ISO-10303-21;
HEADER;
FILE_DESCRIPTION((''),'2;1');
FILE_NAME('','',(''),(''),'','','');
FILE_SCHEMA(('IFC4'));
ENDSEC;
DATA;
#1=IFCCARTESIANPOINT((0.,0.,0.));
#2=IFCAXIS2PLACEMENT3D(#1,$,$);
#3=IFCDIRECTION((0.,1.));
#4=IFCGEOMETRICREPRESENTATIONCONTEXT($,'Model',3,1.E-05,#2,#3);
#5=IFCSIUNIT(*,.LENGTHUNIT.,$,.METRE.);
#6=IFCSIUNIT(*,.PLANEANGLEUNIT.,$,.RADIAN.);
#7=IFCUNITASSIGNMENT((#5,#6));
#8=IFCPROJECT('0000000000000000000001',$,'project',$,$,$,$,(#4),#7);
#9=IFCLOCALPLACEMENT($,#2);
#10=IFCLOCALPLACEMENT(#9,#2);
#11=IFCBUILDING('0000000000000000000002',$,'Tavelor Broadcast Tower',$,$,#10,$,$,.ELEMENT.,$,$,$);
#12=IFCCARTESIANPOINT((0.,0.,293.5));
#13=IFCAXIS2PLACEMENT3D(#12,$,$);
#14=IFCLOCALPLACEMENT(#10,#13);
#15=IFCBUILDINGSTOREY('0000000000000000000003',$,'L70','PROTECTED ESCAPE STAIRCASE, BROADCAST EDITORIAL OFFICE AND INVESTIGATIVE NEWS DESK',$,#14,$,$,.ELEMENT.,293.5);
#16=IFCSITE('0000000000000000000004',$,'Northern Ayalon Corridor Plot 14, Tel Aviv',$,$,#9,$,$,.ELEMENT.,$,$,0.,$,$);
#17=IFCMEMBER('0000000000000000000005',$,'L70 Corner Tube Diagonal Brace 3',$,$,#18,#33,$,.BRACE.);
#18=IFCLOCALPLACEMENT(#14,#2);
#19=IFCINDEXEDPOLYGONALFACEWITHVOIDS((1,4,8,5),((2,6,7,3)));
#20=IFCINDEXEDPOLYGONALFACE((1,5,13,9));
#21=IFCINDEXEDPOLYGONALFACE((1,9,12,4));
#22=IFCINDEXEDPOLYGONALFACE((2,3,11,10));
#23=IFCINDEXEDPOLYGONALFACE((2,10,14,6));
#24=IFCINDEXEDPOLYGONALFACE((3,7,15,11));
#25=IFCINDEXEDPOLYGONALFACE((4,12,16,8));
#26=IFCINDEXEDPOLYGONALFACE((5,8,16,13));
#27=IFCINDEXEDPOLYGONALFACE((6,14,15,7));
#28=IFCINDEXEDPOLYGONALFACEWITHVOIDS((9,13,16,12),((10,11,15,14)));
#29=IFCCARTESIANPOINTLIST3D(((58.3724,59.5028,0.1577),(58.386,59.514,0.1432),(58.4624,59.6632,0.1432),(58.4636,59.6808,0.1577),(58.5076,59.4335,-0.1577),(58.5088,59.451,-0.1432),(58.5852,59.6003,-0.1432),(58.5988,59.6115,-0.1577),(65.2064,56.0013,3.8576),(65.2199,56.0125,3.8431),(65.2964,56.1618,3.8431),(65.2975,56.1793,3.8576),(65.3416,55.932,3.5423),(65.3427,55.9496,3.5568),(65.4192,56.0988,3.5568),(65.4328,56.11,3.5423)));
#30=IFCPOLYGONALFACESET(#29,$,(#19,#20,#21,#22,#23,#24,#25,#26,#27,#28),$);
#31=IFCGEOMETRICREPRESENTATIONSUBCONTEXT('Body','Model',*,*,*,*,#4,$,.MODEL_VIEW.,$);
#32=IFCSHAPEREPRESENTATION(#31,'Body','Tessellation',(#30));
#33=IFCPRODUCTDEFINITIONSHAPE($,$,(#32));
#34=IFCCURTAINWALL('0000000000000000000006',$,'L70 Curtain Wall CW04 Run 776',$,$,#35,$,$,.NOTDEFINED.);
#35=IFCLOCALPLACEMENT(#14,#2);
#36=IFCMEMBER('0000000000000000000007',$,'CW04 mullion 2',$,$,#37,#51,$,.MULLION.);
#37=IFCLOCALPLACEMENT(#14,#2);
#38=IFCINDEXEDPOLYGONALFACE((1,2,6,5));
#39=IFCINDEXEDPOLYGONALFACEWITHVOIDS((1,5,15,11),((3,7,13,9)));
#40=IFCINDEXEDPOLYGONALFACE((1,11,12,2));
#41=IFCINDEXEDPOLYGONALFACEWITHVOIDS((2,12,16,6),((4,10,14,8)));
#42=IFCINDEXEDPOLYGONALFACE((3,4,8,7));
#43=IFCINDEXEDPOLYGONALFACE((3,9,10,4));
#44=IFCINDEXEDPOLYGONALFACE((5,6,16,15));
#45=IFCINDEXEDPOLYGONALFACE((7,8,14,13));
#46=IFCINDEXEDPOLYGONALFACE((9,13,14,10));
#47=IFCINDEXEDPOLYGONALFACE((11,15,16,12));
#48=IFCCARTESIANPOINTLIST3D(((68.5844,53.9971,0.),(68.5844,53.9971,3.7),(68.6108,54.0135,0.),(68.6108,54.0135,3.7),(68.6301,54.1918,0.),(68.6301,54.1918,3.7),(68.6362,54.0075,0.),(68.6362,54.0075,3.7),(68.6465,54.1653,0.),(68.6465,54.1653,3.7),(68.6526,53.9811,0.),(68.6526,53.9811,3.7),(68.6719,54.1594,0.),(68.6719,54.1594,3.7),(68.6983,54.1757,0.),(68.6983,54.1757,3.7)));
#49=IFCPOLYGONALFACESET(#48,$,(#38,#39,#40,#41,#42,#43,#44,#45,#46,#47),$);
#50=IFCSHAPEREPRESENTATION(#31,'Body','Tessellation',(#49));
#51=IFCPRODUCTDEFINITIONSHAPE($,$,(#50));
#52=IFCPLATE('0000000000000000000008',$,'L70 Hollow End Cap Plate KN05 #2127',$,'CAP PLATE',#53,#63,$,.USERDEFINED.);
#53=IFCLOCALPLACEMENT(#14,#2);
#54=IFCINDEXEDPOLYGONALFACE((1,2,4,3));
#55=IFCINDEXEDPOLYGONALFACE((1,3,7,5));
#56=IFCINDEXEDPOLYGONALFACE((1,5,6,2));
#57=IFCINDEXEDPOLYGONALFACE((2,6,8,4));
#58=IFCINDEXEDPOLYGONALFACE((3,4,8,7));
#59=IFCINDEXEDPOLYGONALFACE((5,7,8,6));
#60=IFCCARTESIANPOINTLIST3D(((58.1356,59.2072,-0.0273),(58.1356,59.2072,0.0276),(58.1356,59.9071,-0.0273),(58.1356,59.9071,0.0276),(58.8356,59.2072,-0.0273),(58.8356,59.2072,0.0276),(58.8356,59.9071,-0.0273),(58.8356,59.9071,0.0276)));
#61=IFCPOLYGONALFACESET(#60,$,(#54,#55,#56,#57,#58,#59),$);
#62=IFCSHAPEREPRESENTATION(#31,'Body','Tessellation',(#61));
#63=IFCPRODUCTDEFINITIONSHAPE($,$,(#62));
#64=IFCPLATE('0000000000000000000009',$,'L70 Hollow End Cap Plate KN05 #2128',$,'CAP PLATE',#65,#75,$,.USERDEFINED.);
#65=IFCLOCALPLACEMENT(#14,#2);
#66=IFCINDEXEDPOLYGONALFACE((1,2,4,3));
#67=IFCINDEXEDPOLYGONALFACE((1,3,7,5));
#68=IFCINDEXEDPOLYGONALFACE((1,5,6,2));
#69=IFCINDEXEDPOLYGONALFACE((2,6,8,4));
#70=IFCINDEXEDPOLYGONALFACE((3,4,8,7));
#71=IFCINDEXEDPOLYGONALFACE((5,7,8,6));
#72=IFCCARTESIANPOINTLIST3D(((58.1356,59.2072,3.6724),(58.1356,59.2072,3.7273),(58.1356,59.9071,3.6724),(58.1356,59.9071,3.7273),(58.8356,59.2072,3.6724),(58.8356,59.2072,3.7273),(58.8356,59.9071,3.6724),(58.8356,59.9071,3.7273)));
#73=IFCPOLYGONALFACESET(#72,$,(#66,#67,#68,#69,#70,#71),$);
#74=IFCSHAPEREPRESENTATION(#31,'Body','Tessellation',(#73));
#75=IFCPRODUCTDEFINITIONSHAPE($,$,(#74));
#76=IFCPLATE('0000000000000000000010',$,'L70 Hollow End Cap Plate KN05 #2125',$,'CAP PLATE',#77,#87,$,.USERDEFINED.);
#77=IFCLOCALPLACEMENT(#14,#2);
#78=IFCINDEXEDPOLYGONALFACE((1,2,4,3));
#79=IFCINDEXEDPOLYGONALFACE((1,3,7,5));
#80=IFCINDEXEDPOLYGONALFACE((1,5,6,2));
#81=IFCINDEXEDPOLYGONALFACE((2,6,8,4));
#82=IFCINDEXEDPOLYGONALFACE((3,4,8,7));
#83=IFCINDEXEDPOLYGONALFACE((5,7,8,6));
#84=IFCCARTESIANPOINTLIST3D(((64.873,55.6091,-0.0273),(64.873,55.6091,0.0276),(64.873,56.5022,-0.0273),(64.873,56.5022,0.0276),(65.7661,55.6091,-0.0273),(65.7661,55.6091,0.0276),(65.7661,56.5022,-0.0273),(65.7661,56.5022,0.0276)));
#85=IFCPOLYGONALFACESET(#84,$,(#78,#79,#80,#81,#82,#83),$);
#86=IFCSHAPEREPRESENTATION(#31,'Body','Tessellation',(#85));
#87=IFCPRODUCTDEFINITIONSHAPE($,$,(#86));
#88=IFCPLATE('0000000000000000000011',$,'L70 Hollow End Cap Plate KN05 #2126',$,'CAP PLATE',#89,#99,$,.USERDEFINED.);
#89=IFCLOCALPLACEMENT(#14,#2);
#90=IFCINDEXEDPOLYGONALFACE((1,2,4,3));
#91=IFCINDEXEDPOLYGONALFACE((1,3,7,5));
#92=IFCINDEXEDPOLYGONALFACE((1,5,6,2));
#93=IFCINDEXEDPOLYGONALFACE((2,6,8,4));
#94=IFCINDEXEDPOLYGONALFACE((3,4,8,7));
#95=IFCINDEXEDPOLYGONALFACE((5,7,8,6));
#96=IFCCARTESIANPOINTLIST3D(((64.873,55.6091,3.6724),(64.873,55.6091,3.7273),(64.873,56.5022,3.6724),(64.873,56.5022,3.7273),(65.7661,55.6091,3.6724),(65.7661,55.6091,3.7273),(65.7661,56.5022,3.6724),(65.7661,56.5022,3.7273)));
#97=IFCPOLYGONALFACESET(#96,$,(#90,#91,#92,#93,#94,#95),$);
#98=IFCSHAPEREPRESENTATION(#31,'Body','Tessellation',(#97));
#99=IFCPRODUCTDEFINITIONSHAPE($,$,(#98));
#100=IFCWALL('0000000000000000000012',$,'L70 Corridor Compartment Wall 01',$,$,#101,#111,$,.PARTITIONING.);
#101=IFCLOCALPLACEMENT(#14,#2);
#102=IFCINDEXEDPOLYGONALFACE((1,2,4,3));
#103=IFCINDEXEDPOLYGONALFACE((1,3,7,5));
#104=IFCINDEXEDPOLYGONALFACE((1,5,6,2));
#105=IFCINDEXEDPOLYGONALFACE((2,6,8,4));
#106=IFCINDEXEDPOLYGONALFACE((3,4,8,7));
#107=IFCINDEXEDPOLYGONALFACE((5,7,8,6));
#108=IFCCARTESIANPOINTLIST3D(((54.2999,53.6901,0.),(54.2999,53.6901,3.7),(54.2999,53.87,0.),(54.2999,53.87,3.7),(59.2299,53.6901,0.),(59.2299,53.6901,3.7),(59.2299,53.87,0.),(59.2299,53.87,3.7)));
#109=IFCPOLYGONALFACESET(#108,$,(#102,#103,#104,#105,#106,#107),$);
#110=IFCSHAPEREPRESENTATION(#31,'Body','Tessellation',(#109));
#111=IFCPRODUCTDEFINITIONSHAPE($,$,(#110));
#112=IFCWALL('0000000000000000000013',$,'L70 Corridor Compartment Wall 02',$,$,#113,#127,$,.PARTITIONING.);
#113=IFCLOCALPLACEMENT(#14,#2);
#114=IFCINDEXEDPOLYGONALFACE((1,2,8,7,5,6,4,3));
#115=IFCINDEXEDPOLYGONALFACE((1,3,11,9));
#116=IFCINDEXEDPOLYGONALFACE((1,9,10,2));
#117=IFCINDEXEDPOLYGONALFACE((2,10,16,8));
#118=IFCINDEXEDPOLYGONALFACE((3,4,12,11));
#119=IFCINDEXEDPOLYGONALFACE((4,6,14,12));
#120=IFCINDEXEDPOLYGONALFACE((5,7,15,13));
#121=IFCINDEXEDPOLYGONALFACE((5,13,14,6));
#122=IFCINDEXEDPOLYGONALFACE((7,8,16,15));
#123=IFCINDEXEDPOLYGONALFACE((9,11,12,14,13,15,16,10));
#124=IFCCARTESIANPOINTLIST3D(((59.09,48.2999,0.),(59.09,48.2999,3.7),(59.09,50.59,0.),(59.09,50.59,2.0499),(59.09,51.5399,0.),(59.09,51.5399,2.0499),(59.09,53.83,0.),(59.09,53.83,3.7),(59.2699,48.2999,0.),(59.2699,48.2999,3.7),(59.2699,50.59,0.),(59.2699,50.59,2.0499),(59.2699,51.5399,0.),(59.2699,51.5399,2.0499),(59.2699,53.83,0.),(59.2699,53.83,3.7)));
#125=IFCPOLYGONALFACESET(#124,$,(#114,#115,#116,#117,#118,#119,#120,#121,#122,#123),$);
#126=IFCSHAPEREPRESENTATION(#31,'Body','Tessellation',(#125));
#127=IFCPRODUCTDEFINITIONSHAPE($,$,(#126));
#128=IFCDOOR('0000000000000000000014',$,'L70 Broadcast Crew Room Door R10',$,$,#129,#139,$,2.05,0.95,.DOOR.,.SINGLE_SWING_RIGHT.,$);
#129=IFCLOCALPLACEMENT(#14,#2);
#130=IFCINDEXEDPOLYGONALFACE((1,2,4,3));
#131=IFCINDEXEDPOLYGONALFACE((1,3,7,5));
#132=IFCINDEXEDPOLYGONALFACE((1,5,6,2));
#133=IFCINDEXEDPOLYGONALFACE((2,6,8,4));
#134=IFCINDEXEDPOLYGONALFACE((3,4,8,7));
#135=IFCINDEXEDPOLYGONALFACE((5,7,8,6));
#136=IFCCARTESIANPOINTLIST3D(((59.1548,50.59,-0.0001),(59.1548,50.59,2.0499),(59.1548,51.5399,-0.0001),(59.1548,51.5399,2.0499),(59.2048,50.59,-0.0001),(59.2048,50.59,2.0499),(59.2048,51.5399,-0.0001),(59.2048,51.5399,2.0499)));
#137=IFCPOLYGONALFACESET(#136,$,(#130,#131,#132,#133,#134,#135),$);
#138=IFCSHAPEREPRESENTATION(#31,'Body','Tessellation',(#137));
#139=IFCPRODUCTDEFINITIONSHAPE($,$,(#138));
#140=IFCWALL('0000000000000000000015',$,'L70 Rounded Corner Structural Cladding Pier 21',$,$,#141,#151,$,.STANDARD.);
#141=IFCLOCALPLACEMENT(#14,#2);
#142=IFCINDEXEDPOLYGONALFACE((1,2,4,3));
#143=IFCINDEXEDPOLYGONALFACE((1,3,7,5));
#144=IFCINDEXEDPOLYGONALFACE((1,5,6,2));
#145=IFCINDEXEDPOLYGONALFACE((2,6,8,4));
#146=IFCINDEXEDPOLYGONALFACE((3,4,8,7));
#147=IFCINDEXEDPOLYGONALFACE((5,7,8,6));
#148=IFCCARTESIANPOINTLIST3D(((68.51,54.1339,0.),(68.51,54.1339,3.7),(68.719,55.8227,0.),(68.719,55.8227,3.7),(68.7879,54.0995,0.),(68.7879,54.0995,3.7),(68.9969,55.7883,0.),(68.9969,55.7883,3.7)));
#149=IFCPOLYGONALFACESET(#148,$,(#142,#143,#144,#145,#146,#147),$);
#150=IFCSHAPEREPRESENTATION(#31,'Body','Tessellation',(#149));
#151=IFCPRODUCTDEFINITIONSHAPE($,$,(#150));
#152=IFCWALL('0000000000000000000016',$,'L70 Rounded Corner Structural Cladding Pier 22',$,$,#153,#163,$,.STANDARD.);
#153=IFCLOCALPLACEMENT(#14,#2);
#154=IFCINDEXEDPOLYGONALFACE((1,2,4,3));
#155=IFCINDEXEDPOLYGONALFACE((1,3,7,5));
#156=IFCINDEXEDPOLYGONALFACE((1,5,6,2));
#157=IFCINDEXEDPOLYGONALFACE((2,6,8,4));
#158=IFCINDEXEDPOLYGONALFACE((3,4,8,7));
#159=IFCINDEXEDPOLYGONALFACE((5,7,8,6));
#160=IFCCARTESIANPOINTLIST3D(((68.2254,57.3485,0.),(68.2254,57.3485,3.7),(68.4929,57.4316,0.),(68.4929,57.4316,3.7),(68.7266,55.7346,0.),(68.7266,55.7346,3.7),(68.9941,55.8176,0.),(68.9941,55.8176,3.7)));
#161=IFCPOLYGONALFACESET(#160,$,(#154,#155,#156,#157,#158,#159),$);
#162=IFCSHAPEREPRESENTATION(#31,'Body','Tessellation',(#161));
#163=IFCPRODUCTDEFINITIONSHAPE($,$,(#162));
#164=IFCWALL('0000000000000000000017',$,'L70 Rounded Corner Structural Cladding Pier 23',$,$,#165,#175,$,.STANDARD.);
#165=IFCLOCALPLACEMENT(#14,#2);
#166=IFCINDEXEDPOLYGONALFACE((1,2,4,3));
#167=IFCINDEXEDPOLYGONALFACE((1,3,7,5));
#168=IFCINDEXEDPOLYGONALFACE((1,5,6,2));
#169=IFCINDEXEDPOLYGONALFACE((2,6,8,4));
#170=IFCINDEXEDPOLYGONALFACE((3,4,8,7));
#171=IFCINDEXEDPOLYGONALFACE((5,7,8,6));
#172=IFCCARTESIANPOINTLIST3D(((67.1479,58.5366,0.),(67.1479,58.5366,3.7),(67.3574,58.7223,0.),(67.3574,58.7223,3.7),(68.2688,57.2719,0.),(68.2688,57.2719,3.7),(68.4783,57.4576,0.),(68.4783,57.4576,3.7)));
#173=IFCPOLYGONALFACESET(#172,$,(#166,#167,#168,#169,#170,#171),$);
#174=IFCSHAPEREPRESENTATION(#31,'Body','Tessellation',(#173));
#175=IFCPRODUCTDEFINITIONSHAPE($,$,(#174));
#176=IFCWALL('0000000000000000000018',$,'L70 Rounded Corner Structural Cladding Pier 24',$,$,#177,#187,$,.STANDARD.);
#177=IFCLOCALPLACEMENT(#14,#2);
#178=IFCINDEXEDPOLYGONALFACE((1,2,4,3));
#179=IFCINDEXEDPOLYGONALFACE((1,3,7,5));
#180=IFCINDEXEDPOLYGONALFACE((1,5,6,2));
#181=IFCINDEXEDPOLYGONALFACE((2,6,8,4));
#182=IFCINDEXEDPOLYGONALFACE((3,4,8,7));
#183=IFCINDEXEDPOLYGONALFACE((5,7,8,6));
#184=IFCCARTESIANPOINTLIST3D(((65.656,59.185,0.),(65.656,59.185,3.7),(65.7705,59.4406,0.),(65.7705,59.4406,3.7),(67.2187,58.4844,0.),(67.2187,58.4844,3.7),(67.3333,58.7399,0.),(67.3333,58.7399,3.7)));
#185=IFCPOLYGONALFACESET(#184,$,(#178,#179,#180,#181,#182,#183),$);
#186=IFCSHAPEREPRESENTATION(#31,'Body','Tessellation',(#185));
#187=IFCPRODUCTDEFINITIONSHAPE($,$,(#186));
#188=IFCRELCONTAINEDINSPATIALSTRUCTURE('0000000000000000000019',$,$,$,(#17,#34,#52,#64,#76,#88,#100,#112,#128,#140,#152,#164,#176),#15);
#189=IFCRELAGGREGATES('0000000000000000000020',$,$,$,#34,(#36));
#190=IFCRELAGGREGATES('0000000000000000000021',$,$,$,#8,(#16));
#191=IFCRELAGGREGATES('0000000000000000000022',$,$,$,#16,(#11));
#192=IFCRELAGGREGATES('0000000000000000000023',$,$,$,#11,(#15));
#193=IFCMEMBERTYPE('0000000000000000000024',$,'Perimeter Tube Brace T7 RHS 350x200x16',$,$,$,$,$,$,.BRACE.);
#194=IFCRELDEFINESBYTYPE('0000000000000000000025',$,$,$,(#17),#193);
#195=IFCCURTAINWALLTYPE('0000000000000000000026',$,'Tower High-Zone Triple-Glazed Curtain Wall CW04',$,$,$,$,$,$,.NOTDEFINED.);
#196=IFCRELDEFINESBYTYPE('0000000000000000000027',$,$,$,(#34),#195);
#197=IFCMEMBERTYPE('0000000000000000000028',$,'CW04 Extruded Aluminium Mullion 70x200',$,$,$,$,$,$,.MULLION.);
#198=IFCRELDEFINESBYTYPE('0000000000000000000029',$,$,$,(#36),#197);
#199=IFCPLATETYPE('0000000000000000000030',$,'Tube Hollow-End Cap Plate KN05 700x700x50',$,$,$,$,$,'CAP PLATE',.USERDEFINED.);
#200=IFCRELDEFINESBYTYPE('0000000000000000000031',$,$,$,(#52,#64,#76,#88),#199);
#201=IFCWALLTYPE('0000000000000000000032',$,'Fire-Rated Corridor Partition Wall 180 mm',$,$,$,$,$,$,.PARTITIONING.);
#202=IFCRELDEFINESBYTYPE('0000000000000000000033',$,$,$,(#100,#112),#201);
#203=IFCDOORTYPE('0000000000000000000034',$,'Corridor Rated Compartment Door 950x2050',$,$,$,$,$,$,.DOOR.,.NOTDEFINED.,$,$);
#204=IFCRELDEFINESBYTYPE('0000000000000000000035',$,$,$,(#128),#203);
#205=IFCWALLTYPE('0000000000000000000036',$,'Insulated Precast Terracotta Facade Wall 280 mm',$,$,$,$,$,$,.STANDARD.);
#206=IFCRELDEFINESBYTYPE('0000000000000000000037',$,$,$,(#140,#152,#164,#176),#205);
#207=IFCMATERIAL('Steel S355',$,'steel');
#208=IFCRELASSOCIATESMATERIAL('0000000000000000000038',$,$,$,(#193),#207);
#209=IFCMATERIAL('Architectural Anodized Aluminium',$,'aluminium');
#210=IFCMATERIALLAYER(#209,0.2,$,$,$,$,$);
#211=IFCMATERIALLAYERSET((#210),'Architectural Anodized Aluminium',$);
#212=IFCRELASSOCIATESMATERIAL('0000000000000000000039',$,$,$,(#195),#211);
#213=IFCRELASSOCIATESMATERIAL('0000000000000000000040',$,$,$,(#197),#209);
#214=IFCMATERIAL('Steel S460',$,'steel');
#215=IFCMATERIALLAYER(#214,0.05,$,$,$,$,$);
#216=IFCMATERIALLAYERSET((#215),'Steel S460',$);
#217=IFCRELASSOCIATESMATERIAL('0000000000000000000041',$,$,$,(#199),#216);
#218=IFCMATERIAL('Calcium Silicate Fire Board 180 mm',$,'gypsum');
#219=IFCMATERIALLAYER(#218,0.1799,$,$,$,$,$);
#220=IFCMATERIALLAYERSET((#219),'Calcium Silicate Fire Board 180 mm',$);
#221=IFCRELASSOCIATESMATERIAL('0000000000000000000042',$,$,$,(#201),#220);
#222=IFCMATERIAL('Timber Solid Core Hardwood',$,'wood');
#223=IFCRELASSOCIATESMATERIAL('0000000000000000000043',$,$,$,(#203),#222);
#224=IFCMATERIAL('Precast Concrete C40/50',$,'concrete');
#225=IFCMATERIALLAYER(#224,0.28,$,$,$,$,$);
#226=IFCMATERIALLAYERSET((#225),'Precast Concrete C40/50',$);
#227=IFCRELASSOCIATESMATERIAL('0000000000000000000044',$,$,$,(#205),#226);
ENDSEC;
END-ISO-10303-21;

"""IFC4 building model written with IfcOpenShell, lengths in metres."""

from ifc_helpers import new_model, si_unit, direction, frame, frame_2d, origin, origin_2d, place, context, subcontext, project, spatial, rectangle, hollow_rectangle, extrude, source, transform, mapped, material, layer, layer_set, material_profile, profile_set, type_object, type_shapes, element, fill, aggregate, save


model = new_model("IFC4")

# Units and contexts
model_context = context("Model", 3, precision=1e-05, world=origin(), true_north=direction((0.0, 1.0)))
body_context = subcontext(model_context, "Body", "Model", "MODEL_VIEW")
ifc_project = project(units=[si_unit("LENGTHUNIT", "METRE"), si_unit("PLANEANGLEUNIT", "RADIAN")], contexts=[model_context])

# Site, building, storey
site_placement = place(None, origin())
site = spatial("IfcSite", under=ifc_project, at=site_placement, Name="Northern Ayalon Corridor Plot 14, Tel Aviv", CompositionType="ELEMENT", RefElevation=0.0)
building_placement = place(site_placement, origin())
building = spatial("IfcBuilding", under=site, at=building_placement, Name="Tavelor Broadcast Tower", CompositionType="ELEMENT")
storey_placement = place(building_placement, frame((0.0, 0.0, 293.5)))
storey = spatial("IfcBuildingStorey", under=building, at=storey_placement, Name="L70", Description="PROTECTED ESCAPE STAIRCASE, BROADCAST EDITORIAL OFFICE AND INVESTIGATIVE NEWS DESK", CompositionType="ELEMENT", Elevation=293.5)

# Shared definitions
ifc_material_1 = material(Name="Steel S460", Category="steel")

# Shared definitions
ifc_material_2 = material(Name="Steel S355", Category="steel")

# Member
ifc_material_profile_1 = material_profile(ifc_material_2, hollow_rectangle(XDim=0.2, YDim=0.3501, WallThickness=0.0161, at=origin_2d()), Name="RHS 350x200x16")
ifc_profile_set_1 = profile_set([ifc_material_profile_1], Name="Steel S355")
member_type_1 = type_object("IfcMemberType", Name="Perimeter Tube Brace T7 RHS 350x200x16", PredefinedType="BRACE", material=ifc_profile_set_1)
member_1_placement = place(storey_placement, frame((58.4856, 59.5571, 0.0), z_axis=(0.801764, -0.410792, 0.434079), x_axis=(0.455993, 0.889984, 0.0)))
element("IfcMember", 1, at=member_1_placement, inside=storey, type_object=member_type_1, Name="L70 Corner Tube Diagonal Brace 3", PredefinedType="BRACE", context=body_context, shape_type="SweptSolid", body=[
    extrude(hollow_rectangle(XDim=0.2, YDim=0.3501, WallThickness=0.0161, at=origin_2d()), origin(), (0.0, 0.0, 1.0), 8.5237),
])

# Curtain wall, member
ifc_material_3 = material(Name="Architectural Anodized Aluminium", Category="aluminium")
ifc_layer_1 = layer(ifc_material_3, 0.2)
ifc_layer_set_1 = layer_set([ifc_layer_1], Name="Architectural Anodized Aluminium")
curtain_wall_type = type_object("IfcCurtainWallType", Name="Tower High-Zone Triple-Glazed Curtain Wall CW04", PredefinedType="NOTDEFINED", material=ifc_layer_set_1)
curtain_wall_placement = place(storey_placement, origin())
curtain_wall = element("IfcCurtainWall", 2, at=curtain_wall_placement, inside=storey, type_object=curtain_wall_type, Name="L70 Curtain Wall CW04 Run 776", PredefinedType="NOTDEFINED")
ifc_material_profile_2 = material_profile(ifc_material_3, hollow_rectangle(XDim=0.0701, YDim=0.2, WallThickness=0.022, at=origin_2d()), Name="RHS 70x200x22")
ifc_profile_set_2 = profile_set([ifc_material_profile_2], Name="Architectural Anodized Aluminium")
member_type_2 = type_object("IfcMemberType", Name="CW04 Extruded Aluminium Mullion 70x200", PredefinedType="MULLION", material=ifc_profile_set_2)
shared_shape_1 = source(origin(), body_context, "Body", "SweptSolid", [
    extrude(hollow_rectangle(XDim=0.0701, YDim=0.2, WallThickness=0.022, at=origin_2d()), origin(), (0.0, 0.0, 1.0), 3.7),
])
type_shapes(member_type_2, [shared_shape_1])
member_2_placement = place(storey_placement, frame((68.6414, 54.0864, 0.0), z_axis=(0.0, 0.0, 1.0), x_axis=(-0.973485, 0.228752, 0.0)))
member_2 = element("IfcMember", 3, at=member_2_placement, type_object=member_type_2, Name="CW04 mullion 2", PredefinedType="MULLION", context=body_context, shape_type="MappedRepresentation", body=[
    mapped(shared_shape_1, transform((0.0, 0.0, 0.0), scale=1.0)),
])
aggregate(curtain_wall, [member_2])

# Plates
ifc_layer_2 = layer(ifc_material_1, 0.05)
ifc_layer_set_2 = layer_set([ifc_layer_2], Name="Steel S460")
plate_type = type_object("IfcPlateType", Name="Tube Hollow-End Cap Plate KN05 700x700x50", ElementType="CAP PLATE", PredefinedType="USERDEFINED", material=ifc_layer_set_2)
shared_shape_2 = source(origin(), body_context, "Body", "SweptSolid", [
    extrude(rectangle(XDim=0.7, YDim=0.7, at=origin_2d()), origin(), (0.0, 0.0, 1.0), 0.0549),
])
for number, where, z_axis, x_axis, name in (
    (4, (58.4856, 59.5571, -0.0273), (0.0, 0.0, 1.0), (1.0, 0.0, 0.0), "L70 Hollow End Cap Plate KN05 #2127"),
    (5, (58.4856, 59.5571, 3.6724), (0.0, 0.0, 1.0), (1.0, 0.0, 0.0), "L70 Hollow End Cap Plate KN05 #2128"),
):
    element("IfcPlate", number, at=place(storey_placement, frame(where, z_axis=z_axis, x_axis=x_axis)), inside=storey, type_object=plate_type, Name=name, ObjectType="CAP PLATE", PredefinedType="USERDEFINED", context=body_context, shape_type="MappedRepresentation", body=[
        mapped(shared_shape_2, transform((0.0, 0.0, 0.0), scale=1.0)),
    ])
shared_shape_3 = source(origin(), body_context, "Body", "SweptSolid", [
    extrude(rectangle(XDim=0.8931, YDim=0.8931, at=origin_2d()), origin(), (0.0, 0.0, 1.0), 0.0549),
])
type_shapes(plate_type, [shared_shape_2, shared_shape_3])
for number, where, z_axis, x_axis, name in (
    (6, (65.3196, 56.0557, -0.0273), (0.0, 0.0, 1.0), (1.0, 0.0, 0.0), "L70 Hollow End Cap Plate KN05 #2125"),
    (7, (65.3196, 56.0557, 3.6724), (0.0, 0.0, 1.0), (1.0, 0.0, 0.0), "L70 Hollow End Cap Plate KN05 #2126"),
):
    element("IfcPlate", number, at=place(storey_placement, frame(where, z_axis=z_axis, x_axis=x_axis)), inside=storey, type_object=plate_type, Name=name, ObjectType="CAP PLATE", PredefinedType="USERDEFINED", context=body_context, shape_type="MappedRepresentation", body=[
        mapped(shared_shape_3, transform((0.0, 0.0, 0.0), scale=1.0)),
    ])

# Wall
ifc_material_4 = material(Name="Calcium Silicate Fire Board 180 mm", Category="gypsum")
ifc_layer_3 = layer(ifc_material_4, 0.1799)
ifc_layer_set_3 = layer_set([ifc_layer_3], Name="Calcium Silicate Fire Board 180 mm")
wall_type_1 = type_object("IfcWallType", Name="Fire-Rated Corridor Partition Wall 180 mm", PredefinedType="PARTITIONING", material=ifc_layer_set_3)
wall_1_placement = place(storey_placement, frame((54.3, 53.78, 0.0), z_axis=(0.0, 0.0, 1.0), x_axis=(1.0, 0.0, 0.0)))
element("IfcWall", 8, at=wall_1_placement, inside=storey, type_object=wall_type_1, Name="L70 Corridor Compartment Wall 01", PredefinedType="PARTITIONING", context=body_context, shape_type="SweptSolid", body=[
    extrude(rectangle(XDim=4.9299, YDim=0.1799, at=frame_2d((2.4648, 0.0))), origin(), (0.0, 0.0, 1.0), 3.7),
])

# Wall, opening, door
wall_2_placement = place(storey_placement, frame((59.1799, 53.8301, 0.0), z_axis=(0.0, 0.0, 1.0), x_axis=(0.0, -1.0, 0.0)))
wall_2 = element("IfcWall", 9, at=wall_2_placement, inside=storey, type_object=wall_type_1, Name="L70 Corridor Compartment Wall 02", PredefinedType="PARTITIONING", context=body_context, shape_type="SweptSolid", body=[
    extrude(rectangle(XDim=5.53, YDim=0.1799, at=frame_2d((2.7651, 0.0))), origin(), (0.0, 0.0, 1.0), 3.7),
])
opening_1_placement = place(wall_2_placement, frame((2.29, 0.0, 0.0)))
opening_1 = element("IfcOpeningElement", 10, at=opening_1_placement, cuts=wall_2, PredefinedType="OPENING", context=body_context, shape_type="SweptSolid", body=[
    extrude(rectangle(XDim=0.95, YDim=2.05, at=frame_2d((0.4751, 1.0249))), frame((0.0, 0.1001, 0.0), z_axis=(0.0, -1.0, 0.0), x_axis=(1.0, 0.0, 0.0)), (0.0, 0.0, 1.0), 0.2),
])
ifc_material_5 = material(Name="Timber Solid Core Hardwood", Category="wood")
door_type = type_object("IfcDoorType", Name="Corridor Rated Compartment Door 950x2050", OperationType="NOTDEFINED", PredefinedType="DOOR", material=ifc_material_5)
door_1_placement = place(opening_1_placement, origin())
door_1 = element("IfcDoor", 11, at=door_1_placement, inside=storey, type_object=door_type, Name="L70 Broadcast Crew Room Door R10", OperationType="SINGLE_SWING_RIGHT", OverallHeight=2.05, OverallWidth=0.95, PredefinedType="DOOR", context=body_context, shape_type="SweptSolid", body=[
    extrude(rectangle(XDim=0.95, YDim=2.05, at=frame_2d((0.4751, 1.0249))), frame((0.0, 0.0249, 0.0), z_axis=(0.0, -1.0, 0.0), x_axis=(1.0, 0.0, 0.0)), (0.0, 0.0, 1.0), 0.05),
])
fill(opening_1, door_1)

# Walls
ifc_material_6 = material(Name="Precast Concrete C40/50", Category="concrete")
ifc_layer_4 = layer(ifc_material_6, 0.28)
ifc_layer_set_4 = layer_set([ifc_layer_4], Name="Precast Concrete C40/50")
wall_type_2 = type_object("IfcWallType", Name="Insulated Precast Terracotta Facade Wall 280 mm", PredefinedType="STANDARD", material=ifc_layer_set_4)
wall_3_placement = place(storey_placement, frame((68.6489, 54.1167, 0.0), z_axis=(0.0, 0.0, 1.0), x_axis=(0.122816, 0.992429, 0.0)))
element("IfcWall", 12, at=wall_3_placement, inside=storey, type_object=wall_type_2, Name="L70 Rounded Corner Structural Cladding Pier 21", PredefinedType="STANDARD", context=body_context, shape_type="SweptSolid", body=[
    extrude(rectangle(XDim=1.7017, YDim=0.28, at=frame_2d((0.8508, 0.0))), origin(), (0.0, 0.0, 1.0), 3.7),
])
for number, where, z_axis, x_axis, name in (
    (13, (68.8604, 55.7761, 0.0), (0.0, 0.0, 1.0), (-0.296572, 0.955011, 0.0), "L70 Rounded Corner Structural Cladding Pier 22"),
    (14, (68.3735, 57.3647, 0.0), (0.0, 0.0, 1.0), (-0.663278, 0.748373, 0.0), "L70 Rounded Corner Structural Cladding Pier 23"),
):
    element("IfcWall", number, at=place(storey_placement, frame(where, z_axis=z_axis, x_axis=x_axis)), inside=storey, type_object=wall_type_2, Name=name, PredefinedType="STANDARD", context=body_context, shape_type="SweptSolid", body=[
        extrude(rectangle(XDim=1.6899, YDim=0.28, at=frame_2d((0.845, 0.0))), origin(), (0.0, 0.0, 1.0), 3.7),
    ])
wall_4_placement = place(storey_placement, frame((67.2761, 58.6121, 0.0), z_axis=(0.0, 0.0, 1.0), x_axis=(-0.912478, 0.409125, 0.0)))
element("IfcWall", 15, at=wall_4_placement, inside=storey, type_object=wall_type_2, Name="L70 Rounded Corner Structural Cladding Pier 24", PredefinedType="STANDARD", context=body_context, shape_type="SweptSolid", body=[
    extrude(rectangle(XDim=1.7126, YDim=0.28, at=frame_2d((0.8564, 0.0))), origin(), (0.0, 0.0, 1.0), 3.7),
])

save(model, "model.ifc")
